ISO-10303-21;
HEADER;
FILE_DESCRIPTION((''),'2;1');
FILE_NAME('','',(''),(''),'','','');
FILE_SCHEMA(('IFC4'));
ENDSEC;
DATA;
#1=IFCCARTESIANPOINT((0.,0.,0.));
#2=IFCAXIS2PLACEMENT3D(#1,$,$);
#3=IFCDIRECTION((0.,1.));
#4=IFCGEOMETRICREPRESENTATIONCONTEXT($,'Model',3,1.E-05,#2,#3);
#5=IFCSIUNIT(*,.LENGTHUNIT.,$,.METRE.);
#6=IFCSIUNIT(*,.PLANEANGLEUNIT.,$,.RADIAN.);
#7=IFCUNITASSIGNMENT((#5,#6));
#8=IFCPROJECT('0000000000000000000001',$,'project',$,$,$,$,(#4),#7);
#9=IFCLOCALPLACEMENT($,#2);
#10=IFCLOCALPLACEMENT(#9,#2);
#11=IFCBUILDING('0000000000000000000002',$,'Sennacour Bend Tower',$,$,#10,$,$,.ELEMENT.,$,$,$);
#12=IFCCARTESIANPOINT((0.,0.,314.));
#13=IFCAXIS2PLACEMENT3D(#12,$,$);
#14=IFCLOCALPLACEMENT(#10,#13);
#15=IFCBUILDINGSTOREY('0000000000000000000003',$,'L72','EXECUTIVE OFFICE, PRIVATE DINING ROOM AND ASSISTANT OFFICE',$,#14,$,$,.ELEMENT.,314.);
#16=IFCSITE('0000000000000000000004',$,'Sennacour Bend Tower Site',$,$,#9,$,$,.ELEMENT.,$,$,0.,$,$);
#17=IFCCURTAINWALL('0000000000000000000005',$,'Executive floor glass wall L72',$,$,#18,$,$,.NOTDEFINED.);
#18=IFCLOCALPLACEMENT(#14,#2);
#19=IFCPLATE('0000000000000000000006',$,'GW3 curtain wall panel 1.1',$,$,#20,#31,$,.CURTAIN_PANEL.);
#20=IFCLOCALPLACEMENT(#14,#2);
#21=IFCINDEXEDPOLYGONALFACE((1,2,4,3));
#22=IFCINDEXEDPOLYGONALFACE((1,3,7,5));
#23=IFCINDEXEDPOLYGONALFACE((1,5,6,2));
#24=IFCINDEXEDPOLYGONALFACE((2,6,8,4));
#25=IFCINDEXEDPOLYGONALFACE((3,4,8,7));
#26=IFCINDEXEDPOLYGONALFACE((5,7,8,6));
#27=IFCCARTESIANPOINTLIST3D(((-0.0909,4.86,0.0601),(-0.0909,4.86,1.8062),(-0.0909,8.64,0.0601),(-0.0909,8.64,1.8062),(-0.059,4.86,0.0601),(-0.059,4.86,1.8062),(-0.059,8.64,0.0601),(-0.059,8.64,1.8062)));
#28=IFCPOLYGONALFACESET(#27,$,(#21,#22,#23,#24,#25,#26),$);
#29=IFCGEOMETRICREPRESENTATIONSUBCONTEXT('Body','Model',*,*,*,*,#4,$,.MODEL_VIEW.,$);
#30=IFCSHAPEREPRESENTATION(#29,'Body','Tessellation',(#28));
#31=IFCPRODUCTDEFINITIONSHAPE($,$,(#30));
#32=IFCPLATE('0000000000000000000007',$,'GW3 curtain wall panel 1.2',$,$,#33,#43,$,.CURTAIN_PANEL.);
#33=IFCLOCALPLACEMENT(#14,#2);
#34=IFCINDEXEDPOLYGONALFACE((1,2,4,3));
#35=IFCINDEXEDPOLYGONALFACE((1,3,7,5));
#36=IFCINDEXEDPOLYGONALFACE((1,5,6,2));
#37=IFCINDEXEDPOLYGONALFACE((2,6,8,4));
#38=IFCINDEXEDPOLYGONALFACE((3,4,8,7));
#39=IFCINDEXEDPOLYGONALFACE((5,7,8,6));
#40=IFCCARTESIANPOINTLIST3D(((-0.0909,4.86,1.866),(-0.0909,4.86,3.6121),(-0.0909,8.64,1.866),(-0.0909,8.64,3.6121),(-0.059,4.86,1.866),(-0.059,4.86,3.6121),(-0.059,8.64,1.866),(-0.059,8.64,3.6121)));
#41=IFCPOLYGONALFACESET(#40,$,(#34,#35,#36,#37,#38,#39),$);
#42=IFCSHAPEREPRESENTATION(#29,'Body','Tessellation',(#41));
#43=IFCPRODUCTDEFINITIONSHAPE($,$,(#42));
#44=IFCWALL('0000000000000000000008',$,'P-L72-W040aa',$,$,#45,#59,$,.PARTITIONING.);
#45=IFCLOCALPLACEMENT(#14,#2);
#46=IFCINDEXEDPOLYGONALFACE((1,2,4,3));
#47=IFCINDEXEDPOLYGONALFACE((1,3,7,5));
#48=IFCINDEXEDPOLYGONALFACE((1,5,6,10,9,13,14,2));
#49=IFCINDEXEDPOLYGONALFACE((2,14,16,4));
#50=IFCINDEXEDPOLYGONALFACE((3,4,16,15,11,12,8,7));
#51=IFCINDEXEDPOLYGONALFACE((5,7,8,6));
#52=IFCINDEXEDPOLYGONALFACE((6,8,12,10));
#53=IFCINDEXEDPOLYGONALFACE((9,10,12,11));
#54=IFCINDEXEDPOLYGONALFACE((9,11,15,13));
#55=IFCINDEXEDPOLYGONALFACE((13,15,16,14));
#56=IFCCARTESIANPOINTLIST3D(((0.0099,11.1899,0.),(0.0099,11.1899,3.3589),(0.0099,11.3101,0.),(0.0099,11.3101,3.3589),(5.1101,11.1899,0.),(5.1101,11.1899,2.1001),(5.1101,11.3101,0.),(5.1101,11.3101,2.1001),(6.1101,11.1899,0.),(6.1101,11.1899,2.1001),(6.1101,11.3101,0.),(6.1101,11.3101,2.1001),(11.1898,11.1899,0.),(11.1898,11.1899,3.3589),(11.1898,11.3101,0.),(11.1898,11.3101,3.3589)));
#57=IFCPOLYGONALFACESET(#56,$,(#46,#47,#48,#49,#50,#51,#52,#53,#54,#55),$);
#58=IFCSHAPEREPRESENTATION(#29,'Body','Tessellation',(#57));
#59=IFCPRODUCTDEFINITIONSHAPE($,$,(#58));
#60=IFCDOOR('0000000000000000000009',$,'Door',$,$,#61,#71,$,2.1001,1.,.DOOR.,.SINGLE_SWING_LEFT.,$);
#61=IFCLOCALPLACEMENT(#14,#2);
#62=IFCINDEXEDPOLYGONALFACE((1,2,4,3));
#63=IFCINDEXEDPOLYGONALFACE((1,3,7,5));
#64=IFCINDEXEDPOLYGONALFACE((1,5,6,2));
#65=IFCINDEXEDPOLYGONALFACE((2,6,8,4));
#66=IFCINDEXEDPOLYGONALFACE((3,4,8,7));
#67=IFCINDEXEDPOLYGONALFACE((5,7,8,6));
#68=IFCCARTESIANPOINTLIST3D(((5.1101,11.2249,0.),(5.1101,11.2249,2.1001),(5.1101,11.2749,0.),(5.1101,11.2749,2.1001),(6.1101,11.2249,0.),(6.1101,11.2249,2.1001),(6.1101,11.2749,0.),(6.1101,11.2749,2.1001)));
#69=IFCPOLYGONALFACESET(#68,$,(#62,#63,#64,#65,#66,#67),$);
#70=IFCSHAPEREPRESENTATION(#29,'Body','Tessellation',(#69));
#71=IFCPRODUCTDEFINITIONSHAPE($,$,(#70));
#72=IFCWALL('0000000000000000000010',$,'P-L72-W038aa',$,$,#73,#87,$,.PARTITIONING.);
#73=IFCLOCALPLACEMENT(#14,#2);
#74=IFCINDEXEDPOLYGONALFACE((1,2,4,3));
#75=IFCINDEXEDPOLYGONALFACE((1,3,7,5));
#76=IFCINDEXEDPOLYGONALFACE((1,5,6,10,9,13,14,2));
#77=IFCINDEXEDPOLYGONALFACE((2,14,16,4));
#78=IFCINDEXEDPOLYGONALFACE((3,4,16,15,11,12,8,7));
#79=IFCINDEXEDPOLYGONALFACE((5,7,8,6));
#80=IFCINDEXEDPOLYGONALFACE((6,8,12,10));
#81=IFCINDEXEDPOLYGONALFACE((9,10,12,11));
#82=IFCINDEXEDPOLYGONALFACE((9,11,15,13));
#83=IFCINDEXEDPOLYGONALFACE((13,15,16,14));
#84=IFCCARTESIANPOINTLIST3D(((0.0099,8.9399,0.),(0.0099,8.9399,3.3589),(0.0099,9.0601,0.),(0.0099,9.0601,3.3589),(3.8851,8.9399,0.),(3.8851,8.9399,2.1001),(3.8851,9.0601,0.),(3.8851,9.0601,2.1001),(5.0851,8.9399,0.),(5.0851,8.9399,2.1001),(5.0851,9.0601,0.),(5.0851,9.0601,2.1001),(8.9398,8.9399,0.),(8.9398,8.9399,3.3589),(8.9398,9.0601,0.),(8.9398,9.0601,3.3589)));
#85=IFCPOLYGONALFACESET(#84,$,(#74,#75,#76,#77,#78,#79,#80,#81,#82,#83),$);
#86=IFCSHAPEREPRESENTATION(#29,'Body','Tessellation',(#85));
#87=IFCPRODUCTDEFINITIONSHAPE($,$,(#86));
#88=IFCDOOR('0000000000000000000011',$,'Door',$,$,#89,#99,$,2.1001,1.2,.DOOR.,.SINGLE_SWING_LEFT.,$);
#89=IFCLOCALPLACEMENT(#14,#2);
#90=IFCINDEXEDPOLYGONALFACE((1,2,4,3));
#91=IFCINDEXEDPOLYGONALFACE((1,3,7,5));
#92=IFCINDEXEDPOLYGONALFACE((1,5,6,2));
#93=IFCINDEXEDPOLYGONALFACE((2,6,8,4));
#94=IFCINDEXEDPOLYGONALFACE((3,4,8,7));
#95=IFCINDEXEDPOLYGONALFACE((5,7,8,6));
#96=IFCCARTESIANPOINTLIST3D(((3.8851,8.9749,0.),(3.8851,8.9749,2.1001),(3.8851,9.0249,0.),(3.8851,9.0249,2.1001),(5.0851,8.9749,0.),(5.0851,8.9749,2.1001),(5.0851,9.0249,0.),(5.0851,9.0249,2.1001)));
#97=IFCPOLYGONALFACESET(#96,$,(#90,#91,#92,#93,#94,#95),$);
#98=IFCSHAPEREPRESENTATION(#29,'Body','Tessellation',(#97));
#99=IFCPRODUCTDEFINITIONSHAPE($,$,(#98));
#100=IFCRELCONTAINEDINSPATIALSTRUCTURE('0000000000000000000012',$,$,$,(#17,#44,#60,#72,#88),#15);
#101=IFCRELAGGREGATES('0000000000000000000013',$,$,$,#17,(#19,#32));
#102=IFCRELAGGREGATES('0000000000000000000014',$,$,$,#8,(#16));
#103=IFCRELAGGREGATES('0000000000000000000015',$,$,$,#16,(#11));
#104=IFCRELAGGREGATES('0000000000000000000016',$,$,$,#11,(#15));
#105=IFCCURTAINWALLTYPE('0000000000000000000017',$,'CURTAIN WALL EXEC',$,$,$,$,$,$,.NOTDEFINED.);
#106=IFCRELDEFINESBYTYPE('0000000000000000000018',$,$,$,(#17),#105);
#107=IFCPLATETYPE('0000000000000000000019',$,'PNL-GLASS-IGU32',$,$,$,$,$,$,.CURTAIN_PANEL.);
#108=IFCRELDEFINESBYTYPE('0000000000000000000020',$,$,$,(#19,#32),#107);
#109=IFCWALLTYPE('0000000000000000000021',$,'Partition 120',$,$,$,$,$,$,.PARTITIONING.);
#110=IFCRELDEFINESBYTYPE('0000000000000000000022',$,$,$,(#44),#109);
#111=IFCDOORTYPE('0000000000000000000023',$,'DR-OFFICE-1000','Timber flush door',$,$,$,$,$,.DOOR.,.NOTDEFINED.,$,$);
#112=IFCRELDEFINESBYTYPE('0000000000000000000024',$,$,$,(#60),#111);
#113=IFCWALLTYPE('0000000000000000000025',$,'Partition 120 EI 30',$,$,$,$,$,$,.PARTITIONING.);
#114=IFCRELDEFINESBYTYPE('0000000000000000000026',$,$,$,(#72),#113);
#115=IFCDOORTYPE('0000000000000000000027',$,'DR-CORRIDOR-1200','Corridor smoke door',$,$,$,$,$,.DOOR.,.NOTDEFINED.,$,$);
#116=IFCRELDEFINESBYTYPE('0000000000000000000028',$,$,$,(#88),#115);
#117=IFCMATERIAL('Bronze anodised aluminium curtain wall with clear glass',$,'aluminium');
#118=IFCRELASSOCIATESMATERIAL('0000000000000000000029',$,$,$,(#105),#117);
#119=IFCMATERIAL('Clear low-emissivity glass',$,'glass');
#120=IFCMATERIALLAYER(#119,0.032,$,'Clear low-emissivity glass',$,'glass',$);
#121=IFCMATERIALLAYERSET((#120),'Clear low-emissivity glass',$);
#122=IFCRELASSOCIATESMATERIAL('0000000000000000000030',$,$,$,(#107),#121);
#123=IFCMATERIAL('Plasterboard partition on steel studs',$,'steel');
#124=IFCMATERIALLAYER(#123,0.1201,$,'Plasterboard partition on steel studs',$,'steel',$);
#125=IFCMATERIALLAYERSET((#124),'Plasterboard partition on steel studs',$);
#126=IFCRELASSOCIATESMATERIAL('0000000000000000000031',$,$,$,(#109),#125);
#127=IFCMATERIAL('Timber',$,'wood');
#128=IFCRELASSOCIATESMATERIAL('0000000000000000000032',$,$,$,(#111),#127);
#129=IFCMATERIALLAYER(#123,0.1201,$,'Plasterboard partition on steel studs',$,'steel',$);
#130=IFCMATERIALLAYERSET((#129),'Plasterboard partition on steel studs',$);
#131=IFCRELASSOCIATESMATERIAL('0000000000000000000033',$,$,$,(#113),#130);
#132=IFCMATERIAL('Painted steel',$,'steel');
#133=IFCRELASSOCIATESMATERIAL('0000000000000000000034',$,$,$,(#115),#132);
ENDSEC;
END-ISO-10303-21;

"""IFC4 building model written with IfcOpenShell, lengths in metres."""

from ifc_helpers import new_model, si_unit, direction, frame, frame_2d, origin, origin_2d, place, context, subcontext, project, spatial, rectangle, extrude, material, layer, layer_set, type_object, element, fill, aggregate, save


model = new_model("IFC4")

# Units and contexts
model_context = context("Model", 3, precision=1e-05, world=origin(), true_north=direction((0.0, 1.0)))
body_context = subcontext(model_context, "Body", "Model", "MODEL_VIEW")
ifc_project = project(units=[si_unit("LENGTHUNIT", "METRE"), si_unit("PLANEANGLEUNIT", "RADIAN")], contexts=[model_context])

# Site, building, storey
site_placement = place(None, origin())
site = spatial("IfcSite", under=ifc_project, at=site_placement, Name="Sennacour Bend Tower Site", CompositionType="ELEMENT", RefElevation=0.0)
building_placement = place(site_placement, origin())
building = spatial("IfcBuilding", under=site, at=building_placement, Name="Sennacour Bend Tower", CompositionType="ELEMENT")
storey_placement = place(building_placement, frame((0.0, 0.0, 314.0)))
storey = spatial("IfcBuildingStorey", under=building, at=storey_placement, Name="L72", Description="EXECUTIVE OFFICE, PRIVATE DINING ROOM AND ASSISTANT OFFICE", CompositionType="ELEMENT", Elevation=314.0)

# Shared definitions
ifc_material_1 = material(Name="Bronze anodised aluminium curtain wall with clear glass", Category="aluminium")
curtain_wall_type = type_object("IfcCurtainWallType", Name="CURTAIN WALL EXEC", PredefinedType="NOTDEFINED", material=ifc_material_1)

# Curtain wall
curtain_wall_1_placement = place(storey_placement, origin())
curtain_wall_1 = element("IfcCurtainWall", 1, at=curtain_wall_1_placement, inside=storey, type_object=curtain_wall_type, Name="Executive floor glass wall L72", PredefinedType="NOTDEFINED")

# Plates
ifc_material_2 = material(Name="Clear low-emissivity glass", Category="glass")
ifc_layer_1 = layer(ifc_material_2, 0.032, Name="Clear low-emissivity glass", Category="glass")
ifc_layer_set_1 = layer_set([ifc_layer_1], Name="Clear low-emissivity glass")
plate_type = type_object("IfcPlateType", Name="PNL-GLASS-IGU32", PredefinedType="CURTAIN_PANEL", material=ifc_layer_set_1)
plate_1_placement = place(storey_placement, frame((-0.075, 6.75, 0.0601), z_axis=(0.0, 0.0, 1.0), x_axis=(0.0, -1.0, 0.0)))
plate_1 = element("IfcPlate", 2, at=plate_1_placement, type_object=plate_type, Name="GW3 curtain wall panel 1.1", PredefinedType="CURTAIN_PANEL", context=body_context, shape_type="SweptSolid", body=[
    extrude(rectangle(XDim=3.78, YDim=0.032, at=origin_2d()), origin(), (0.0, 0.0, 1.0), 1.7461),
])
plate_2_placement = place(storey_placement, frame((-0.075, 6.75, 1.866), z_axis=(0.0, 0.0, 1.0), x_axis=(0.0, -1.0, 0.0)))
plate_2 = element("IfcPlate", 3, at=plate_2_placement, type_object=plate_type, Name="GW3 curtain wall panel 1.2", PredefinedType="CURTAIN_PANEL", context=body_context, shape_type="SweptSolid", body=[
    extrude(rectangle(XDim=3.78, YDim=0.032, at=origin_2d()), origin(), (0.0, 0.0, 1.0), 1.7461),
])
aggregate(curtain_wall_1, [plate_1, plate_2])

# Walls, openings, doors
ifc_material_3 = material(Name="Plasterboard partition on steel studs", Category="steel")
ifc_layer_2 = layer(ifc_material_3, 0.1201, Name="Plasterboard partition on steel studs", Category="steel")
ifc_layer_set_2 = layer_set([ifc_layer_2], Name="Plasterboard partition on steel studs")
wall_type_1 = type_object("IfcWallType", Name="Partition 120", PredefinedType="PARTITIONING", material=ifc_layer_set_2)
wall_1_placement = place(storey_placement, frame((0.01, 11.25, 0.0), z_axis=(0.0, 0.0, 1.0), x_axis=(1.0, 0.0, 0.0)))
wall_1 = element("IfcWall", 4, at=wall_1_placement, inside=storey, type_object=wall_type_1, Name="P-L72-W040aa", PredefinedType="PARTITIONING", context=body_context, shape_type="SweptSolid", body=[
    extrude(rectangle(XDim=11.1799, YDim=0.1201, at=frame_2d((5.5898, 0.0))), origin(), (0.0, 0.0, 1.0), 3.3589),
])
opening_1_placement = place(wall_1_placement, frame((5.1001, 0.0, 0.0)))
opening_1 = element("IfcOpeningElement", 5, at=opening_1_placement, cuts=wall_1, PredefinedType="OPENING", context=body_context, shape_type="SweptSolid", body=[
    extrude(rectangle(XDim=1.0, YDim=2.1001, at=frame_2d((0.5, 1.05))), frame((0.0, 0.0701, 0.0), z_axis=(0.0, -1.0, 0.0), x_axis=(1.0, 0.0, 0.0)), (0.0, 0.0, 1.0), 0.1401),
])
ifc_material_4 = material(Name="Timber", Category="wood")
door_type_1 = type_object("IfcDoorType", Name="DR-OFFICE-1000", Description="Timber flush door", OperationType="NOTDEFINED", PredefinedType="DOOR", material=ifc_material_4)
door_1_placement = place(opening_1_placement, origin())
door_1 = element("IfcDoor", 6, at=door_1_placement, inside=storey, type_object=door_type_1, Name="Door", OperationType="SINGLE_SWING_LEFT", OverallHeight=2.1001, OverallWidth=1.0, PredefinedType="DOOR", context=body_context, shape_type="SweptSolid", body=[
    extrude(rectangle(XDim=1.0, YDim=2.1001, at=frame_2d((0.5, 1.05))), frame((0.0, 0.0249, 0.0), z_axis=(0.0, -1.0, 0.0), x_axis=(1.0, 0.0, 0.0)), (0.0, 0.0, 1.0), 0.05),
])
fill(opening_1, door_1)
ifc_layer_3 = layer(ifc_material_3, 0.1201, Name="Plasterboard partition on steel studs", Category="steel")
ifc_layer_set_3 = layer_set([ifc_layer_3], Name="Plasterboard partition on steel studs")
wall_type_2 = type_object("IfcWallType", Name="Partition 120 EI 30", PredefinedType="PARTITIONING", material=ifc_layer_set_3)
wall_2_placement = place(storey_placement, frame((0.01, 9.0, 0.0), z_axis=(0.0, 0.0, 1.0), x_axis=(1.0, 0.0, 0.0)))
wall_2 = element("IfcWall", 7, at=wall_2_placement, inside=storey, type_object=wall_type_2, Name="P-L72-W038aa", PredefinedType="PARTITIONING", context=body_context, shape_type="SweptSolid", body=[
    extrude(rectangle(XDim=8.9299, YDim=0.1201, at=frame_2d((4.4648, 0.0))), origin(), (0.0, 0.0, 1.0), 3.3589),
])
opening_2_placement = place(wall_2_placement, frame((3.875, 0.0, 0.0)))
opening_2 = element("IfcOpeningElement", 8, at=opening_2_placement, cuts=wall_2, PredefinedType="OPENING", context=body_context, shape_type="SweptSolid", body=[
    extrude(rectangle(XDim=1.2, YDim=2.1001, at=frame_2d((0.6001, 1.05))), frame((0.0, 0.0701, 0.0), z_axis=(0.0, -1.0, 0.0), x_axis=(1.0, 0.0, 0.0)), (0.0, 0.0, 1.0), 0.1401),
])
ifc_material_5 = material(Name="Painted steel", Category="steel")
door_type_2 = type_object("IfcDoorType", Name="DR-CORRIDOR-1200", Description="Corridor smoke door", OperationType="NOTDEFINED", PredefinedType="DOOR", material=ifc_material_5)
door_2_placement = place(opening_2_placement, origin())
door_2 = element("IfcDoor", 9, at=door_2_placement, inside=storey, type_object=door_type_2, Name="Door", OperationType="SINGLE_SWING_LEFT", OverallHeight=2.1001, OverallWidth=1.2, PredefinedType="DOOR", context=body_context, shape_type="SweptSolid", body=[
    extrude(rectangle(XDim=1.2, YDim=2.1001, at=frame_2d((0.6001, 1.05))), frame((0.0, 0.0249, 0.0), z_axis=(0.0, -1.0, 0.0), x_axis=(1.0, 0.0, 0.0)), (0.0, 0.0, 1.0), 0.05),
])
fill(opening_2, door_2)

save(model, "model.ifc")
